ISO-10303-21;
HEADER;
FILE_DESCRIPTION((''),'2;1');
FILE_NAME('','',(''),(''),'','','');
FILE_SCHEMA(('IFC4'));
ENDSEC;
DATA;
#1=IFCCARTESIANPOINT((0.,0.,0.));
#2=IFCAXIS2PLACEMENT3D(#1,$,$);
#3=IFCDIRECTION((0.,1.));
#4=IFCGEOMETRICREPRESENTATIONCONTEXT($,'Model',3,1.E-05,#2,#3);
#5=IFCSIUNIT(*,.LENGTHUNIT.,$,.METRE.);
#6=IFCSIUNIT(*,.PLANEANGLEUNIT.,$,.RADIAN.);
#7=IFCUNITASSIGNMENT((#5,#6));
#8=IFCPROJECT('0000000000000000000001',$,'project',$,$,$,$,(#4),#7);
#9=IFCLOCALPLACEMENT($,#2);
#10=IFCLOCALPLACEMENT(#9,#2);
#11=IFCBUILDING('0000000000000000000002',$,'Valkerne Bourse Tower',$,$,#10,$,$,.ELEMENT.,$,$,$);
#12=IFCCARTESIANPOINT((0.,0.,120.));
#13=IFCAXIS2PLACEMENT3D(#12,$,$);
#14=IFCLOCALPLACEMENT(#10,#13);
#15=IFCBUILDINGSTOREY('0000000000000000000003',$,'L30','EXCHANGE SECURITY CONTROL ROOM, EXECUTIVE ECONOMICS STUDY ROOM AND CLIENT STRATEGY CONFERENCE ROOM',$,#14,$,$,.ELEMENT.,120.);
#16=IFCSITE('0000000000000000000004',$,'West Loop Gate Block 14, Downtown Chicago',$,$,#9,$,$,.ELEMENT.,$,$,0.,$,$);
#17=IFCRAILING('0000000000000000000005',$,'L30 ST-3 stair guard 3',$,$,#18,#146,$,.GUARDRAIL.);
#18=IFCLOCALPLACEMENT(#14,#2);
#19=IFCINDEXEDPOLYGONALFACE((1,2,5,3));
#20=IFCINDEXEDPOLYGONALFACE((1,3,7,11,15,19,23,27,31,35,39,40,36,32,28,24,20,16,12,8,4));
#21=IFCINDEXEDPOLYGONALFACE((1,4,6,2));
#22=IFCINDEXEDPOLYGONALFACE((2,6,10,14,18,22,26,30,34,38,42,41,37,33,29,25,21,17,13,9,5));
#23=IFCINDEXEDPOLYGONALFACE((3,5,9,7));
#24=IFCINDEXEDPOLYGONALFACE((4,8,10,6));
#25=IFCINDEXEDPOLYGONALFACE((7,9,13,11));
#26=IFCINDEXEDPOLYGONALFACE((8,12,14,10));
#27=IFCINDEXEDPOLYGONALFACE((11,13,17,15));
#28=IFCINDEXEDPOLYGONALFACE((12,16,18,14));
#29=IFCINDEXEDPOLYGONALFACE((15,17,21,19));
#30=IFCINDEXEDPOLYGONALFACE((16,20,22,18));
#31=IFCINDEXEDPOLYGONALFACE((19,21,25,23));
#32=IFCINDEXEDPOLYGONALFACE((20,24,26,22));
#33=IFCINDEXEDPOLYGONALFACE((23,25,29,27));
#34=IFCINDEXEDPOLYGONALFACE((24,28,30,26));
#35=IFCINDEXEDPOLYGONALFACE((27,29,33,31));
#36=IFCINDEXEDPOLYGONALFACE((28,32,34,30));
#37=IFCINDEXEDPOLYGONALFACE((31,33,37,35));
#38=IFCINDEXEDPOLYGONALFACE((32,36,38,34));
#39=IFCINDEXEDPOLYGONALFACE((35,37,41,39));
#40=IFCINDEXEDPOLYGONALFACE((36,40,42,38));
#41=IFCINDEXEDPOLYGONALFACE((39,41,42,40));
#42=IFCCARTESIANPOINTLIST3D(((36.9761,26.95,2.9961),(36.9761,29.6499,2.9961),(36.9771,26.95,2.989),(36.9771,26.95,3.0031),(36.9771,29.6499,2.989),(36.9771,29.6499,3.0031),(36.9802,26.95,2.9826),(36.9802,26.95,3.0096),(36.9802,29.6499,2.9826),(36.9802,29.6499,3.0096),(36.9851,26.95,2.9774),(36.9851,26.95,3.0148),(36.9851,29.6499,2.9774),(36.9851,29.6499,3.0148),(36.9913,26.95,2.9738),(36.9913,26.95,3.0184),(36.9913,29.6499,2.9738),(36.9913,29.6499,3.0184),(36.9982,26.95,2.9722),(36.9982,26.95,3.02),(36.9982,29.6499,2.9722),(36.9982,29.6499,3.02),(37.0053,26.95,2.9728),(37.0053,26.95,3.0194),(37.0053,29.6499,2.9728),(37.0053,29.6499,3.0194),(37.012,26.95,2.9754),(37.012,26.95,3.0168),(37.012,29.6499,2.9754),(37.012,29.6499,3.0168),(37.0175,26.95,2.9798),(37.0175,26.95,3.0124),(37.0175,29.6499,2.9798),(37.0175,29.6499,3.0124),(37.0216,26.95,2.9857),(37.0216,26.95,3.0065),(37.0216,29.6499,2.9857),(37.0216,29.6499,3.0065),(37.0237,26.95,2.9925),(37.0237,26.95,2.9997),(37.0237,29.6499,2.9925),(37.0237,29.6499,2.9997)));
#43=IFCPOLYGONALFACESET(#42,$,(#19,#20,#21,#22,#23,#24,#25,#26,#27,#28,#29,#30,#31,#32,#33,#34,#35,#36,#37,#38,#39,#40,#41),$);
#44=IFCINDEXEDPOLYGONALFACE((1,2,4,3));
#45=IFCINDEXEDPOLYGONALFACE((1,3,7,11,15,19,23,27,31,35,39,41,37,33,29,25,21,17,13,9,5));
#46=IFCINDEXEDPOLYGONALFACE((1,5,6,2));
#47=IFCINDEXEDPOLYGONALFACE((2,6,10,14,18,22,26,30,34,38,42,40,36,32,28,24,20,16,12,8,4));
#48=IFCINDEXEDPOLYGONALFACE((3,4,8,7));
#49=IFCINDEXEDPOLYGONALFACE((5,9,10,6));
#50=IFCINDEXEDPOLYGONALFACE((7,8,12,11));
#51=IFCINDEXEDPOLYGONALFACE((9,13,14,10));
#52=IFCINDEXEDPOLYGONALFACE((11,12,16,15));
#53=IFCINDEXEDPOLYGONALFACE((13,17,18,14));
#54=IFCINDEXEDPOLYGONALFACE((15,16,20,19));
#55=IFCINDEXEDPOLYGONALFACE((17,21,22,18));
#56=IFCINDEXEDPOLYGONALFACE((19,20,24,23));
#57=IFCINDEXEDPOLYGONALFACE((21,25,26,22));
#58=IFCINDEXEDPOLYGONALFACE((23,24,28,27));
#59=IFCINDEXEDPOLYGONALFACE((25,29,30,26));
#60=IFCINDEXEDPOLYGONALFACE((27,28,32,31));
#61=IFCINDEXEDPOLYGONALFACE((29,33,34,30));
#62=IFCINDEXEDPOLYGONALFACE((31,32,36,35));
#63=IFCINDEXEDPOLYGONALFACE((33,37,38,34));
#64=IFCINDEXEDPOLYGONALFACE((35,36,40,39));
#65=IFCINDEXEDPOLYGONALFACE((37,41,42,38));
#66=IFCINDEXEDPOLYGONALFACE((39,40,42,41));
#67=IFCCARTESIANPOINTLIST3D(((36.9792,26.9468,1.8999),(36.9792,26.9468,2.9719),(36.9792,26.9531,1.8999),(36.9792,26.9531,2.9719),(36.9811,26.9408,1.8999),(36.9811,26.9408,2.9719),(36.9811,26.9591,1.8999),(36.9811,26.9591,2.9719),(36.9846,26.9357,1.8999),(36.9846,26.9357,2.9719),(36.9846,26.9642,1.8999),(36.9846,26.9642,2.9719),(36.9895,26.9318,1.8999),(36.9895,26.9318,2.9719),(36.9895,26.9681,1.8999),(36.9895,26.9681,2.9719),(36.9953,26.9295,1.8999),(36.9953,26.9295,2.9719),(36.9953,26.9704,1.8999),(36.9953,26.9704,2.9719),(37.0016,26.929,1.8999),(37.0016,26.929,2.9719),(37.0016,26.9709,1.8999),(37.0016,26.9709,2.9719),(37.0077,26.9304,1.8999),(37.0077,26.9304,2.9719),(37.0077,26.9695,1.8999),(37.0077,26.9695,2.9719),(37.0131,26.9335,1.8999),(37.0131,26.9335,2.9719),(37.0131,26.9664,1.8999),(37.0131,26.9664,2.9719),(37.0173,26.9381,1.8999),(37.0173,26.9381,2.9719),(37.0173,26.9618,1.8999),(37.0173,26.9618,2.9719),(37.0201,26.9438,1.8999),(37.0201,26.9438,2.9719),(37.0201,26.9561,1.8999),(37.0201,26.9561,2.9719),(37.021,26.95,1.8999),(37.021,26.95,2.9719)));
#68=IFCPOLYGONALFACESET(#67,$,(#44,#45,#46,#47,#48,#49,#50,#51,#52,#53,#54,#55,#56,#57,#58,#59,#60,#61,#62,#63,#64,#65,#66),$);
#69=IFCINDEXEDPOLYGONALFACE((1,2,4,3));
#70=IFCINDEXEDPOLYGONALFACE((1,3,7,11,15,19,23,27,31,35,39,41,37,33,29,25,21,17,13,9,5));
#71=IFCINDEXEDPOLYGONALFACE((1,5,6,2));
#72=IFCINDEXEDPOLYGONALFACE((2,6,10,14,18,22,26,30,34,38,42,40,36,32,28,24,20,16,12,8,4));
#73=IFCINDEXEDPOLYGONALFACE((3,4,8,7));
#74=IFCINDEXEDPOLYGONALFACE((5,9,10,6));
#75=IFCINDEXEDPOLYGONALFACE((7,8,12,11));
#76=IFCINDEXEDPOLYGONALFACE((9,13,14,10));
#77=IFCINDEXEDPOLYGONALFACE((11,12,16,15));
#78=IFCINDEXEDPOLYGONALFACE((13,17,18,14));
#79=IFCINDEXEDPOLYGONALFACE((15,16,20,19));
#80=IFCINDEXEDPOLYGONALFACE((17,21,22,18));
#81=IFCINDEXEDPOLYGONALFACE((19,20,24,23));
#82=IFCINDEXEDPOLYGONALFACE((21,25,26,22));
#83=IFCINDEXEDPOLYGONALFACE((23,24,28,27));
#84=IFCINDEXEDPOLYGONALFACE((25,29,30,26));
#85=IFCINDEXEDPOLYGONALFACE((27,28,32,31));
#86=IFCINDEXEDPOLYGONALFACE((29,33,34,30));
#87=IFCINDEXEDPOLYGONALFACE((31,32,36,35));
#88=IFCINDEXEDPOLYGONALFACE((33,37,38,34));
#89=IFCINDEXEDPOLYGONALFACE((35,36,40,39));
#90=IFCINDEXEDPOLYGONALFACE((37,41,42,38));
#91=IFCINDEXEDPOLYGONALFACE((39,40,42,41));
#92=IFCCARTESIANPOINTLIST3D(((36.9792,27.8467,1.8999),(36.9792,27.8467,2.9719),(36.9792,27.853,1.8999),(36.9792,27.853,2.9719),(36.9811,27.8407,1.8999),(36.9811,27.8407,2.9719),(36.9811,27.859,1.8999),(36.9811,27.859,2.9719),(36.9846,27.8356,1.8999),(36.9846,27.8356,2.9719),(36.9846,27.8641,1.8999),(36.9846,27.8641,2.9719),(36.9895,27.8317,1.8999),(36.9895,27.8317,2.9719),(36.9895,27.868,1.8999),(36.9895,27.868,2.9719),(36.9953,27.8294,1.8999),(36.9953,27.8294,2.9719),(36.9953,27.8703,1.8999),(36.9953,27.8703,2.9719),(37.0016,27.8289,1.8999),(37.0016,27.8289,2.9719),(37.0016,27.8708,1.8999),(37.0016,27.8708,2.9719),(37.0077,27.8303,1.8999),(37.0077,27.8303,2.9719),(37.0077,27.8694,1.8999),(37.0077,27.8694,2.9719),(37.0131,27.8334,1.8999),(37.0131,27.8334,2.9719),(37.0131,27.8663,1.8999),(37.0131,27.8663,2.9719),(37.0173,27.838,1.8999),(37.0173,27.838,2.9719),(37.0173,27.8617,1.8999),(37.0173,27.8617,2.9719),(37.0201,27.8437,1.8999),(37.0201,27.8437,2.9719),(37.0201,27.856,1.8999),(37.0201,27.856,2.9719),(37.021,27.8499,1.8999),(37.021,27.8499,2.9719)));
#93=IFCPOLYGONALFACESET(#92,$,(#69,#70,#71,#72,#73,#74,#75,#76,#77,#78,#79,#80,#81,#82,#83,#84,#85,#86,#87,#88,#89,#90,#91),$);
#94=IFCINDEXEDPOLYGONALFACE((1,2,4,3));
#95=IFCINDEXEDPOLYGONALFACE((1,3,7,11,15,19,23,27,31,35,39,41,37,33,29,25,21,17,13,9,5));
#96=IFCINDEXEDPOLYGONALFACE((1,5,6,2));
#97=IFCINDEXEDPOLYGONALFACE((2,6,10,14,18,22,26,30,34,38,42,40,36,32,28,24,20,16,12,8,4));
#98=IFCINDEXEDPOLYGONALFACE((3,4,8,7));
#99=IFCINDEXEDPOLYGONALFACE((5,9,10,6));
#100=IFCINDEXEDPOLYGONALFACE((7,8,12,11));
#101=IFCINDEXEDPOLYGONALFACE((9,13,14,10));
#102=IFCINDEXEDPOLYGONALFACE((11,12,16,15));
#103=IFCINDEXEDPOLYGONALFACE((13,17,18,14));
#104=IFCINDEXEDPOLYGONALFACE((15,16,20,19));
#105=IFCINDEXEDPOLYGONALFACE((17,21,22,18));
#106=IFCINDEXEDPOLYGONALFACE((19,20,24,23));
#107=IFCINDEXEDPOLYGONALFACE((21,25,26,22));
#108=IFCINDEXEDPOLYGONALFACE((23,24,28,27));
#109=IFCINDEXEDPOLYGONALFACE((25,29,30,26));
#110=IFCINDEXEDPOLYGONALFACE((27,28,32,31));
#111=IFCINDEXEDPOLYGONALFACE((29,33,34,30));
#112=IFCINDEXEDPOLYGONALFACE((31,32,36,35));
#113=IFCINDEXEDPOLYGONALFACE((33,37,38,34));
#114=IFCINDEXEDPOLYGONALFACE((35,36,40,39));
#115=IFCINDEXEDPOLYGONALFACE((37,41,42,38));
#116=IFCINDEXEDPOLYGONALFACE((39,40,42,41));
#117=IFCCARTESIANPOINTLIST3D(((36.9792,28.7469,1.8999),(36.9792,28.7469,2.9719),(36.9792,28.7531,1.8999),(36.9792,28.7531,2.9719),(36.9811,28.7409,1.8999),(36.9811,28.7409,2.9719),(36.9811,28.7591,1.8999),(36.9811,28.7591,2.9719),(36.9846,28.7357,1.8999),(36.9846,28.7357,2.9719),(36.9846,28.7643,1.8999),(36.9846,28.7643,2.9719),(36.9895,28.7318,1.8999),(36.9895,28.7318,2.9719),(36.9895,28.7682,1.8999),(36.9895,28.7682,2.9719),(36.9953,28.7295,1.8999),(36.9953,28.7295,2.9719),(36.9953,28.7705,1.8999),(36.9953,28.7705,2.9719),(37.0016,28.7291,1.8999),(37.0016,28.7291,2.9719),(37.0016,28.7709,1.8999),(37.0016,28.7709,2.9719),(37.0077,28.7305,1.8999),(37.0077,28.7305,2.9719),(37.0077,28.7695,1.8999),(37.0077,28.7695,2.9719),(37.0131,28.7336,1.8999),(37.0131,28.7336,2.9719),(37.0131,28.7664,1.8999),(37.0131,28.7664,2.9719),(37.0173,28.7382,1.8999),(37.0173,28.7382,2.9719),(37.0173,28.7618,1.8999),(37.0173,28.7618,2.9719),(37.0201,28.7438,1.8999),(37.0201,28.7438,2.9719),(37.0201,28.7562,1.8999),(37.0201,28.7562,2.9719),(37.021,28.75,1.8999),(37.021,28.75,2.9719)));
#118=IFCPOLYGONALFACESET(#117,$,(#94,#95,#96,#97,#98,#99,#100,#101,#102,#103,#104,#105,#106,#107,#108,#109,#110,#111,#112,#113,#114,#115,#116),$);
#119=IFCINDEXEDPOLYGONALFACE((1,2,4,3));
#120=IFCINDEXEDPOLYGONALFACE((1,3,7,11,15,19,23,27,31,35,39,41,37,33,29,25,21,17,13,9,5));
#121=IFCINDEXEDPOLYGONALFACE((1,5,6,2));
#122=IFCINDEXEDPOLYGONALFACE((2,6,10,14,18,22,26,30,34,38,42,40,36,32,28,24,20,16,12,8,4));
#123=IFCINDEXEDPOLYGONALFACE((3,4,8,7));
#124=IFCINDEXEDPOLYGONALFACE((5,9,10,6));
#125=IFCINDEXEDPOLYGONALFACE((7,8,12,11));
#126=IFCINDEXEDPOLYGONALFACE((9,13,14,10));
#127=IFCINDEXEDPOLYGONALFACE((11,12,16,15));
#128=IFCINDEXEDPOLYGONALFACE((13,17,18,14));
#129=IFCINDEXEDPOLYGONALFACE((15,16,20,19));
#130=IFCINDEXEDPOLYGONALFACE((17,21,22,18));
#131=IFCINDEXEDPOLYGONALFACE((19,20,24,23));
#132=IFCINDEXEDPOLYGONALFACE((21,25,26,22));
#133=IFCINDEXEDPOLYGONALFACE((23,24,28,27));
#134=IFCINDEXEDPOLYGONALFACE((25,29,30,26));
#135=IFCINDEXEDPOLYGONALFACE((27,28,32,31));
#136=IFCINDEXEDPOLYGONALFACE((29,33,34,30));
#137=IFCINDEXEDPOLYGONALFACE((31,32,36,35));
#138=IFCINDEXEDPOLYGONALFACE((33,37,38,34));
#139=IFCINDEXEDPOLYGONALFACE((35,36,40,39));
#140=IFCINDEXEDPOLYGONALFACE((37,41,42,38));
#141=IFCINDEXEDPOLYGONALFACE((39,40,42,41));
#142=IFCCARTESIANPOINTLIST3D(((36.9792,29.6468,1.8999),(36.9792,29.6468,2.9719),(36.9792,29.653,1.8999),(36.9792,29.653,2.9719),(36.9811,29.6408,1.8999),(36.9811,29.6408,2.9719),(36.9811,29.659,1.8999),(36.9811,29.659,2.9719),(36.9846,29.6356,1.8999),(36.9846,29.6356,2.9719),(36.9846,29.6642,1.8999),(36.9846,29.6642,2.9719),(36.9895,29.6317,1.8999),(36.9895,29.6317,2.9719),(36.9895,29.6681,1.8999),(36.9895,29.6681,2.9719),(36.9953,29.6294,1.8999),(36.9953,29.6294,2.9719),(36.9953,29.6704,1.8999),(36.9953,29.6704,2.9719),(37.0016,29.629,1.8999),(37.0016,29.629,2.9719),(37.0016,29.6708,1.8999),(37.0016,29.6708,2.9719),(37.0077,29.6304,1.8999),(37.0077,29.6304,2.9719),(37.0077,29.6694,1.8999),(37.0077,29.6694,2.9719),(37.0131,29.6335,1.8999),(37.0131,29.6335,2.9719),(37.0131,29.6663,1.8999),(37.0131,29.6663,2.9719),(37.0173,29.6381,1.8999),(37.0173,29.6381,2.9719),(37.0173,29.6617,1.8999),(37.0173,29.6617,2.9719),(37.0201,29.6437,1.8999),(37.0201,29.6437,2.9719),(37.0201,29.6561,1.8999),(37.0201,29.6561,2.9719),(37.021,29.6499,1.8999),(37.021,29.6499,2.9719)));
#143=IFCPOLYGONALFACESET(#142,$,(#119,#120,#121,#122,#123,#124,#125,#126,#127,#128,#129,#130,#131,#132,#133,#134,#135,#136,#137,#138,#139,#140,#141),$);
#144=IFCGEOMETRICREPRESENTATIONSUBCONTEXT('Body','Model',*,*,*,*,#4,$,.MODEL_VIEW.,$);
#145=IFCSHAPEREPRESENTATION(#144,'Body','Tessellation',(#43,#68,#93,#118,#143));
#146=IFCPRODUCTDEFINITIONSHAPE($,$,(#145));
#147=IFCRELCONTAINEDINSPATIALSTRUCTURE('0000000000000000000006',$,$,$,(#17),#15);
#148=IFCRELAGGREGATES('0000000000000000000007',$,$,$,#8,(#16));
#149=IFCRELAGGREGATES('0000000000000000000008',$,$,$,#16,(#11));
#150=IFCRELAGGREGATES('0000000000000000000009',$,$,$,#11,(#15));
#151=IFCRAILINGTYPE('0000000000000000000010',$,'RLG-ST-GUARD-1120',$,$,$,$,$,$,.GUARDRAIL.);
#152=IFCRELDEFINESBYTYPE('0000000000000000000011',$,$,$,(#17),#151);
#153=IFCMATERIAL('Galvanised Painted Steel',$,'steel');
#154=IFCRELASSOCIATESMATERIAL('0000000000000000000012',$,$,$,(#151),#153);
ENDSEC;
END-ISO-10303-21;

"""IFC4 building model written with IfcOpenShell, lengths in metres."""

from ifc_helpers import new_model, si_unit, direction, frame, origin, origin_2d, place, context, subcontext, project, spatial, circle, extrude, material, type_object, element, save


model = new_model("IFC4")

# Units and contexts
model_context = context("Model", 3, precision=1e-05, world=origin(), true_north=direction((0.0, 1.0)))
body_context = subcontext(model_context, "Body", "Model", "MODEL_VIEW")
ifc_project = project(units=[si_unit("LENGTHUNIT", "METRE"), si_unit("PLANEANGLEUNIT", "RADIAN")], contexts=[model_context])

# Site, building, storey
site_placement = place(None, origin())
site = spatial("IfcSite", under=ifc_project, at=site_placement, Name="West Loop Gate Block 14, Downtown Chicago", CompositionType="ELEMENT", RefElevation=0.0)
building_placement = place(site_placement, origin())
building = spatial("IfcBuilding", under=site, at=building_placement, Name="Valkerne Bourse Tower", CompositionType="ELEMENT")
storey_placement = place(building_placement, frame((0.0, 0.0, 120.0)))
storey = spatial("IfcBuildingStorey", under=building, at=storey_placement, Name="L30", Description="EXCHANGE SECURITY CONTROL ROOM, EXECUTIVE ECONOMICS STUDY ROOM AND CLIENT STRATEGY CONFERENCE ROOM", CompositionType="ELEMENT", Elevation=120.0)

# Railing
ifc_material_1 = material(Name="Galvanised Painted Steel", Category="steel")
railing_type_1 = type_object("IfcRailingType", Name="RLG-ST-GUARD-1120", PredefinedType="GUARDRAIL", material=ifc_material_1)
for number, where, name in (
    (1, (37.0, 26.95, 1.8999), "L30 ST-3 stair guard 3"),
):
    element("IfcRailing", number, at=place(storey_placement, frame(where)), inside=storey, type_object=railing_type_1, Name=name, PredefinedType="GUARDRAIL", context=body_context, shape_type="SweptSolid", body=[
        extrude(circle(Radius=0.0239, at=origin_2d()), frame((0.0, 0.0, 1.0962), z_axis=(0.0, 1.0, 0.0), x_axis=(-1.0, 0.0, 0.0)), (0.0, 0.0, 1.0), 2.7),
        extrude(circle(Radius=0.021, at=origin_2d()), origin(), (0.0, 0.0, 1.0), 1.072),
        extrude(circle(Radius=0.021, at=origin_2d()), frame((0.0, 0.8999, 0.0)), (0.0, 0.0, 1.0), 1.072),
        extrude(circle(Radius=0.021, at=origin_2d()), frame((0.0, 1.8, 0.0)), (0.0, 0.0, 1.0), 1.072),
        extrude(circle(Radius=0.021, at=origin_2d()), frame((0.0, 2.7, 0.0)), (0.0, 0.0, 1.0), 1.072),
    ])

save(model, "model.ifc")
